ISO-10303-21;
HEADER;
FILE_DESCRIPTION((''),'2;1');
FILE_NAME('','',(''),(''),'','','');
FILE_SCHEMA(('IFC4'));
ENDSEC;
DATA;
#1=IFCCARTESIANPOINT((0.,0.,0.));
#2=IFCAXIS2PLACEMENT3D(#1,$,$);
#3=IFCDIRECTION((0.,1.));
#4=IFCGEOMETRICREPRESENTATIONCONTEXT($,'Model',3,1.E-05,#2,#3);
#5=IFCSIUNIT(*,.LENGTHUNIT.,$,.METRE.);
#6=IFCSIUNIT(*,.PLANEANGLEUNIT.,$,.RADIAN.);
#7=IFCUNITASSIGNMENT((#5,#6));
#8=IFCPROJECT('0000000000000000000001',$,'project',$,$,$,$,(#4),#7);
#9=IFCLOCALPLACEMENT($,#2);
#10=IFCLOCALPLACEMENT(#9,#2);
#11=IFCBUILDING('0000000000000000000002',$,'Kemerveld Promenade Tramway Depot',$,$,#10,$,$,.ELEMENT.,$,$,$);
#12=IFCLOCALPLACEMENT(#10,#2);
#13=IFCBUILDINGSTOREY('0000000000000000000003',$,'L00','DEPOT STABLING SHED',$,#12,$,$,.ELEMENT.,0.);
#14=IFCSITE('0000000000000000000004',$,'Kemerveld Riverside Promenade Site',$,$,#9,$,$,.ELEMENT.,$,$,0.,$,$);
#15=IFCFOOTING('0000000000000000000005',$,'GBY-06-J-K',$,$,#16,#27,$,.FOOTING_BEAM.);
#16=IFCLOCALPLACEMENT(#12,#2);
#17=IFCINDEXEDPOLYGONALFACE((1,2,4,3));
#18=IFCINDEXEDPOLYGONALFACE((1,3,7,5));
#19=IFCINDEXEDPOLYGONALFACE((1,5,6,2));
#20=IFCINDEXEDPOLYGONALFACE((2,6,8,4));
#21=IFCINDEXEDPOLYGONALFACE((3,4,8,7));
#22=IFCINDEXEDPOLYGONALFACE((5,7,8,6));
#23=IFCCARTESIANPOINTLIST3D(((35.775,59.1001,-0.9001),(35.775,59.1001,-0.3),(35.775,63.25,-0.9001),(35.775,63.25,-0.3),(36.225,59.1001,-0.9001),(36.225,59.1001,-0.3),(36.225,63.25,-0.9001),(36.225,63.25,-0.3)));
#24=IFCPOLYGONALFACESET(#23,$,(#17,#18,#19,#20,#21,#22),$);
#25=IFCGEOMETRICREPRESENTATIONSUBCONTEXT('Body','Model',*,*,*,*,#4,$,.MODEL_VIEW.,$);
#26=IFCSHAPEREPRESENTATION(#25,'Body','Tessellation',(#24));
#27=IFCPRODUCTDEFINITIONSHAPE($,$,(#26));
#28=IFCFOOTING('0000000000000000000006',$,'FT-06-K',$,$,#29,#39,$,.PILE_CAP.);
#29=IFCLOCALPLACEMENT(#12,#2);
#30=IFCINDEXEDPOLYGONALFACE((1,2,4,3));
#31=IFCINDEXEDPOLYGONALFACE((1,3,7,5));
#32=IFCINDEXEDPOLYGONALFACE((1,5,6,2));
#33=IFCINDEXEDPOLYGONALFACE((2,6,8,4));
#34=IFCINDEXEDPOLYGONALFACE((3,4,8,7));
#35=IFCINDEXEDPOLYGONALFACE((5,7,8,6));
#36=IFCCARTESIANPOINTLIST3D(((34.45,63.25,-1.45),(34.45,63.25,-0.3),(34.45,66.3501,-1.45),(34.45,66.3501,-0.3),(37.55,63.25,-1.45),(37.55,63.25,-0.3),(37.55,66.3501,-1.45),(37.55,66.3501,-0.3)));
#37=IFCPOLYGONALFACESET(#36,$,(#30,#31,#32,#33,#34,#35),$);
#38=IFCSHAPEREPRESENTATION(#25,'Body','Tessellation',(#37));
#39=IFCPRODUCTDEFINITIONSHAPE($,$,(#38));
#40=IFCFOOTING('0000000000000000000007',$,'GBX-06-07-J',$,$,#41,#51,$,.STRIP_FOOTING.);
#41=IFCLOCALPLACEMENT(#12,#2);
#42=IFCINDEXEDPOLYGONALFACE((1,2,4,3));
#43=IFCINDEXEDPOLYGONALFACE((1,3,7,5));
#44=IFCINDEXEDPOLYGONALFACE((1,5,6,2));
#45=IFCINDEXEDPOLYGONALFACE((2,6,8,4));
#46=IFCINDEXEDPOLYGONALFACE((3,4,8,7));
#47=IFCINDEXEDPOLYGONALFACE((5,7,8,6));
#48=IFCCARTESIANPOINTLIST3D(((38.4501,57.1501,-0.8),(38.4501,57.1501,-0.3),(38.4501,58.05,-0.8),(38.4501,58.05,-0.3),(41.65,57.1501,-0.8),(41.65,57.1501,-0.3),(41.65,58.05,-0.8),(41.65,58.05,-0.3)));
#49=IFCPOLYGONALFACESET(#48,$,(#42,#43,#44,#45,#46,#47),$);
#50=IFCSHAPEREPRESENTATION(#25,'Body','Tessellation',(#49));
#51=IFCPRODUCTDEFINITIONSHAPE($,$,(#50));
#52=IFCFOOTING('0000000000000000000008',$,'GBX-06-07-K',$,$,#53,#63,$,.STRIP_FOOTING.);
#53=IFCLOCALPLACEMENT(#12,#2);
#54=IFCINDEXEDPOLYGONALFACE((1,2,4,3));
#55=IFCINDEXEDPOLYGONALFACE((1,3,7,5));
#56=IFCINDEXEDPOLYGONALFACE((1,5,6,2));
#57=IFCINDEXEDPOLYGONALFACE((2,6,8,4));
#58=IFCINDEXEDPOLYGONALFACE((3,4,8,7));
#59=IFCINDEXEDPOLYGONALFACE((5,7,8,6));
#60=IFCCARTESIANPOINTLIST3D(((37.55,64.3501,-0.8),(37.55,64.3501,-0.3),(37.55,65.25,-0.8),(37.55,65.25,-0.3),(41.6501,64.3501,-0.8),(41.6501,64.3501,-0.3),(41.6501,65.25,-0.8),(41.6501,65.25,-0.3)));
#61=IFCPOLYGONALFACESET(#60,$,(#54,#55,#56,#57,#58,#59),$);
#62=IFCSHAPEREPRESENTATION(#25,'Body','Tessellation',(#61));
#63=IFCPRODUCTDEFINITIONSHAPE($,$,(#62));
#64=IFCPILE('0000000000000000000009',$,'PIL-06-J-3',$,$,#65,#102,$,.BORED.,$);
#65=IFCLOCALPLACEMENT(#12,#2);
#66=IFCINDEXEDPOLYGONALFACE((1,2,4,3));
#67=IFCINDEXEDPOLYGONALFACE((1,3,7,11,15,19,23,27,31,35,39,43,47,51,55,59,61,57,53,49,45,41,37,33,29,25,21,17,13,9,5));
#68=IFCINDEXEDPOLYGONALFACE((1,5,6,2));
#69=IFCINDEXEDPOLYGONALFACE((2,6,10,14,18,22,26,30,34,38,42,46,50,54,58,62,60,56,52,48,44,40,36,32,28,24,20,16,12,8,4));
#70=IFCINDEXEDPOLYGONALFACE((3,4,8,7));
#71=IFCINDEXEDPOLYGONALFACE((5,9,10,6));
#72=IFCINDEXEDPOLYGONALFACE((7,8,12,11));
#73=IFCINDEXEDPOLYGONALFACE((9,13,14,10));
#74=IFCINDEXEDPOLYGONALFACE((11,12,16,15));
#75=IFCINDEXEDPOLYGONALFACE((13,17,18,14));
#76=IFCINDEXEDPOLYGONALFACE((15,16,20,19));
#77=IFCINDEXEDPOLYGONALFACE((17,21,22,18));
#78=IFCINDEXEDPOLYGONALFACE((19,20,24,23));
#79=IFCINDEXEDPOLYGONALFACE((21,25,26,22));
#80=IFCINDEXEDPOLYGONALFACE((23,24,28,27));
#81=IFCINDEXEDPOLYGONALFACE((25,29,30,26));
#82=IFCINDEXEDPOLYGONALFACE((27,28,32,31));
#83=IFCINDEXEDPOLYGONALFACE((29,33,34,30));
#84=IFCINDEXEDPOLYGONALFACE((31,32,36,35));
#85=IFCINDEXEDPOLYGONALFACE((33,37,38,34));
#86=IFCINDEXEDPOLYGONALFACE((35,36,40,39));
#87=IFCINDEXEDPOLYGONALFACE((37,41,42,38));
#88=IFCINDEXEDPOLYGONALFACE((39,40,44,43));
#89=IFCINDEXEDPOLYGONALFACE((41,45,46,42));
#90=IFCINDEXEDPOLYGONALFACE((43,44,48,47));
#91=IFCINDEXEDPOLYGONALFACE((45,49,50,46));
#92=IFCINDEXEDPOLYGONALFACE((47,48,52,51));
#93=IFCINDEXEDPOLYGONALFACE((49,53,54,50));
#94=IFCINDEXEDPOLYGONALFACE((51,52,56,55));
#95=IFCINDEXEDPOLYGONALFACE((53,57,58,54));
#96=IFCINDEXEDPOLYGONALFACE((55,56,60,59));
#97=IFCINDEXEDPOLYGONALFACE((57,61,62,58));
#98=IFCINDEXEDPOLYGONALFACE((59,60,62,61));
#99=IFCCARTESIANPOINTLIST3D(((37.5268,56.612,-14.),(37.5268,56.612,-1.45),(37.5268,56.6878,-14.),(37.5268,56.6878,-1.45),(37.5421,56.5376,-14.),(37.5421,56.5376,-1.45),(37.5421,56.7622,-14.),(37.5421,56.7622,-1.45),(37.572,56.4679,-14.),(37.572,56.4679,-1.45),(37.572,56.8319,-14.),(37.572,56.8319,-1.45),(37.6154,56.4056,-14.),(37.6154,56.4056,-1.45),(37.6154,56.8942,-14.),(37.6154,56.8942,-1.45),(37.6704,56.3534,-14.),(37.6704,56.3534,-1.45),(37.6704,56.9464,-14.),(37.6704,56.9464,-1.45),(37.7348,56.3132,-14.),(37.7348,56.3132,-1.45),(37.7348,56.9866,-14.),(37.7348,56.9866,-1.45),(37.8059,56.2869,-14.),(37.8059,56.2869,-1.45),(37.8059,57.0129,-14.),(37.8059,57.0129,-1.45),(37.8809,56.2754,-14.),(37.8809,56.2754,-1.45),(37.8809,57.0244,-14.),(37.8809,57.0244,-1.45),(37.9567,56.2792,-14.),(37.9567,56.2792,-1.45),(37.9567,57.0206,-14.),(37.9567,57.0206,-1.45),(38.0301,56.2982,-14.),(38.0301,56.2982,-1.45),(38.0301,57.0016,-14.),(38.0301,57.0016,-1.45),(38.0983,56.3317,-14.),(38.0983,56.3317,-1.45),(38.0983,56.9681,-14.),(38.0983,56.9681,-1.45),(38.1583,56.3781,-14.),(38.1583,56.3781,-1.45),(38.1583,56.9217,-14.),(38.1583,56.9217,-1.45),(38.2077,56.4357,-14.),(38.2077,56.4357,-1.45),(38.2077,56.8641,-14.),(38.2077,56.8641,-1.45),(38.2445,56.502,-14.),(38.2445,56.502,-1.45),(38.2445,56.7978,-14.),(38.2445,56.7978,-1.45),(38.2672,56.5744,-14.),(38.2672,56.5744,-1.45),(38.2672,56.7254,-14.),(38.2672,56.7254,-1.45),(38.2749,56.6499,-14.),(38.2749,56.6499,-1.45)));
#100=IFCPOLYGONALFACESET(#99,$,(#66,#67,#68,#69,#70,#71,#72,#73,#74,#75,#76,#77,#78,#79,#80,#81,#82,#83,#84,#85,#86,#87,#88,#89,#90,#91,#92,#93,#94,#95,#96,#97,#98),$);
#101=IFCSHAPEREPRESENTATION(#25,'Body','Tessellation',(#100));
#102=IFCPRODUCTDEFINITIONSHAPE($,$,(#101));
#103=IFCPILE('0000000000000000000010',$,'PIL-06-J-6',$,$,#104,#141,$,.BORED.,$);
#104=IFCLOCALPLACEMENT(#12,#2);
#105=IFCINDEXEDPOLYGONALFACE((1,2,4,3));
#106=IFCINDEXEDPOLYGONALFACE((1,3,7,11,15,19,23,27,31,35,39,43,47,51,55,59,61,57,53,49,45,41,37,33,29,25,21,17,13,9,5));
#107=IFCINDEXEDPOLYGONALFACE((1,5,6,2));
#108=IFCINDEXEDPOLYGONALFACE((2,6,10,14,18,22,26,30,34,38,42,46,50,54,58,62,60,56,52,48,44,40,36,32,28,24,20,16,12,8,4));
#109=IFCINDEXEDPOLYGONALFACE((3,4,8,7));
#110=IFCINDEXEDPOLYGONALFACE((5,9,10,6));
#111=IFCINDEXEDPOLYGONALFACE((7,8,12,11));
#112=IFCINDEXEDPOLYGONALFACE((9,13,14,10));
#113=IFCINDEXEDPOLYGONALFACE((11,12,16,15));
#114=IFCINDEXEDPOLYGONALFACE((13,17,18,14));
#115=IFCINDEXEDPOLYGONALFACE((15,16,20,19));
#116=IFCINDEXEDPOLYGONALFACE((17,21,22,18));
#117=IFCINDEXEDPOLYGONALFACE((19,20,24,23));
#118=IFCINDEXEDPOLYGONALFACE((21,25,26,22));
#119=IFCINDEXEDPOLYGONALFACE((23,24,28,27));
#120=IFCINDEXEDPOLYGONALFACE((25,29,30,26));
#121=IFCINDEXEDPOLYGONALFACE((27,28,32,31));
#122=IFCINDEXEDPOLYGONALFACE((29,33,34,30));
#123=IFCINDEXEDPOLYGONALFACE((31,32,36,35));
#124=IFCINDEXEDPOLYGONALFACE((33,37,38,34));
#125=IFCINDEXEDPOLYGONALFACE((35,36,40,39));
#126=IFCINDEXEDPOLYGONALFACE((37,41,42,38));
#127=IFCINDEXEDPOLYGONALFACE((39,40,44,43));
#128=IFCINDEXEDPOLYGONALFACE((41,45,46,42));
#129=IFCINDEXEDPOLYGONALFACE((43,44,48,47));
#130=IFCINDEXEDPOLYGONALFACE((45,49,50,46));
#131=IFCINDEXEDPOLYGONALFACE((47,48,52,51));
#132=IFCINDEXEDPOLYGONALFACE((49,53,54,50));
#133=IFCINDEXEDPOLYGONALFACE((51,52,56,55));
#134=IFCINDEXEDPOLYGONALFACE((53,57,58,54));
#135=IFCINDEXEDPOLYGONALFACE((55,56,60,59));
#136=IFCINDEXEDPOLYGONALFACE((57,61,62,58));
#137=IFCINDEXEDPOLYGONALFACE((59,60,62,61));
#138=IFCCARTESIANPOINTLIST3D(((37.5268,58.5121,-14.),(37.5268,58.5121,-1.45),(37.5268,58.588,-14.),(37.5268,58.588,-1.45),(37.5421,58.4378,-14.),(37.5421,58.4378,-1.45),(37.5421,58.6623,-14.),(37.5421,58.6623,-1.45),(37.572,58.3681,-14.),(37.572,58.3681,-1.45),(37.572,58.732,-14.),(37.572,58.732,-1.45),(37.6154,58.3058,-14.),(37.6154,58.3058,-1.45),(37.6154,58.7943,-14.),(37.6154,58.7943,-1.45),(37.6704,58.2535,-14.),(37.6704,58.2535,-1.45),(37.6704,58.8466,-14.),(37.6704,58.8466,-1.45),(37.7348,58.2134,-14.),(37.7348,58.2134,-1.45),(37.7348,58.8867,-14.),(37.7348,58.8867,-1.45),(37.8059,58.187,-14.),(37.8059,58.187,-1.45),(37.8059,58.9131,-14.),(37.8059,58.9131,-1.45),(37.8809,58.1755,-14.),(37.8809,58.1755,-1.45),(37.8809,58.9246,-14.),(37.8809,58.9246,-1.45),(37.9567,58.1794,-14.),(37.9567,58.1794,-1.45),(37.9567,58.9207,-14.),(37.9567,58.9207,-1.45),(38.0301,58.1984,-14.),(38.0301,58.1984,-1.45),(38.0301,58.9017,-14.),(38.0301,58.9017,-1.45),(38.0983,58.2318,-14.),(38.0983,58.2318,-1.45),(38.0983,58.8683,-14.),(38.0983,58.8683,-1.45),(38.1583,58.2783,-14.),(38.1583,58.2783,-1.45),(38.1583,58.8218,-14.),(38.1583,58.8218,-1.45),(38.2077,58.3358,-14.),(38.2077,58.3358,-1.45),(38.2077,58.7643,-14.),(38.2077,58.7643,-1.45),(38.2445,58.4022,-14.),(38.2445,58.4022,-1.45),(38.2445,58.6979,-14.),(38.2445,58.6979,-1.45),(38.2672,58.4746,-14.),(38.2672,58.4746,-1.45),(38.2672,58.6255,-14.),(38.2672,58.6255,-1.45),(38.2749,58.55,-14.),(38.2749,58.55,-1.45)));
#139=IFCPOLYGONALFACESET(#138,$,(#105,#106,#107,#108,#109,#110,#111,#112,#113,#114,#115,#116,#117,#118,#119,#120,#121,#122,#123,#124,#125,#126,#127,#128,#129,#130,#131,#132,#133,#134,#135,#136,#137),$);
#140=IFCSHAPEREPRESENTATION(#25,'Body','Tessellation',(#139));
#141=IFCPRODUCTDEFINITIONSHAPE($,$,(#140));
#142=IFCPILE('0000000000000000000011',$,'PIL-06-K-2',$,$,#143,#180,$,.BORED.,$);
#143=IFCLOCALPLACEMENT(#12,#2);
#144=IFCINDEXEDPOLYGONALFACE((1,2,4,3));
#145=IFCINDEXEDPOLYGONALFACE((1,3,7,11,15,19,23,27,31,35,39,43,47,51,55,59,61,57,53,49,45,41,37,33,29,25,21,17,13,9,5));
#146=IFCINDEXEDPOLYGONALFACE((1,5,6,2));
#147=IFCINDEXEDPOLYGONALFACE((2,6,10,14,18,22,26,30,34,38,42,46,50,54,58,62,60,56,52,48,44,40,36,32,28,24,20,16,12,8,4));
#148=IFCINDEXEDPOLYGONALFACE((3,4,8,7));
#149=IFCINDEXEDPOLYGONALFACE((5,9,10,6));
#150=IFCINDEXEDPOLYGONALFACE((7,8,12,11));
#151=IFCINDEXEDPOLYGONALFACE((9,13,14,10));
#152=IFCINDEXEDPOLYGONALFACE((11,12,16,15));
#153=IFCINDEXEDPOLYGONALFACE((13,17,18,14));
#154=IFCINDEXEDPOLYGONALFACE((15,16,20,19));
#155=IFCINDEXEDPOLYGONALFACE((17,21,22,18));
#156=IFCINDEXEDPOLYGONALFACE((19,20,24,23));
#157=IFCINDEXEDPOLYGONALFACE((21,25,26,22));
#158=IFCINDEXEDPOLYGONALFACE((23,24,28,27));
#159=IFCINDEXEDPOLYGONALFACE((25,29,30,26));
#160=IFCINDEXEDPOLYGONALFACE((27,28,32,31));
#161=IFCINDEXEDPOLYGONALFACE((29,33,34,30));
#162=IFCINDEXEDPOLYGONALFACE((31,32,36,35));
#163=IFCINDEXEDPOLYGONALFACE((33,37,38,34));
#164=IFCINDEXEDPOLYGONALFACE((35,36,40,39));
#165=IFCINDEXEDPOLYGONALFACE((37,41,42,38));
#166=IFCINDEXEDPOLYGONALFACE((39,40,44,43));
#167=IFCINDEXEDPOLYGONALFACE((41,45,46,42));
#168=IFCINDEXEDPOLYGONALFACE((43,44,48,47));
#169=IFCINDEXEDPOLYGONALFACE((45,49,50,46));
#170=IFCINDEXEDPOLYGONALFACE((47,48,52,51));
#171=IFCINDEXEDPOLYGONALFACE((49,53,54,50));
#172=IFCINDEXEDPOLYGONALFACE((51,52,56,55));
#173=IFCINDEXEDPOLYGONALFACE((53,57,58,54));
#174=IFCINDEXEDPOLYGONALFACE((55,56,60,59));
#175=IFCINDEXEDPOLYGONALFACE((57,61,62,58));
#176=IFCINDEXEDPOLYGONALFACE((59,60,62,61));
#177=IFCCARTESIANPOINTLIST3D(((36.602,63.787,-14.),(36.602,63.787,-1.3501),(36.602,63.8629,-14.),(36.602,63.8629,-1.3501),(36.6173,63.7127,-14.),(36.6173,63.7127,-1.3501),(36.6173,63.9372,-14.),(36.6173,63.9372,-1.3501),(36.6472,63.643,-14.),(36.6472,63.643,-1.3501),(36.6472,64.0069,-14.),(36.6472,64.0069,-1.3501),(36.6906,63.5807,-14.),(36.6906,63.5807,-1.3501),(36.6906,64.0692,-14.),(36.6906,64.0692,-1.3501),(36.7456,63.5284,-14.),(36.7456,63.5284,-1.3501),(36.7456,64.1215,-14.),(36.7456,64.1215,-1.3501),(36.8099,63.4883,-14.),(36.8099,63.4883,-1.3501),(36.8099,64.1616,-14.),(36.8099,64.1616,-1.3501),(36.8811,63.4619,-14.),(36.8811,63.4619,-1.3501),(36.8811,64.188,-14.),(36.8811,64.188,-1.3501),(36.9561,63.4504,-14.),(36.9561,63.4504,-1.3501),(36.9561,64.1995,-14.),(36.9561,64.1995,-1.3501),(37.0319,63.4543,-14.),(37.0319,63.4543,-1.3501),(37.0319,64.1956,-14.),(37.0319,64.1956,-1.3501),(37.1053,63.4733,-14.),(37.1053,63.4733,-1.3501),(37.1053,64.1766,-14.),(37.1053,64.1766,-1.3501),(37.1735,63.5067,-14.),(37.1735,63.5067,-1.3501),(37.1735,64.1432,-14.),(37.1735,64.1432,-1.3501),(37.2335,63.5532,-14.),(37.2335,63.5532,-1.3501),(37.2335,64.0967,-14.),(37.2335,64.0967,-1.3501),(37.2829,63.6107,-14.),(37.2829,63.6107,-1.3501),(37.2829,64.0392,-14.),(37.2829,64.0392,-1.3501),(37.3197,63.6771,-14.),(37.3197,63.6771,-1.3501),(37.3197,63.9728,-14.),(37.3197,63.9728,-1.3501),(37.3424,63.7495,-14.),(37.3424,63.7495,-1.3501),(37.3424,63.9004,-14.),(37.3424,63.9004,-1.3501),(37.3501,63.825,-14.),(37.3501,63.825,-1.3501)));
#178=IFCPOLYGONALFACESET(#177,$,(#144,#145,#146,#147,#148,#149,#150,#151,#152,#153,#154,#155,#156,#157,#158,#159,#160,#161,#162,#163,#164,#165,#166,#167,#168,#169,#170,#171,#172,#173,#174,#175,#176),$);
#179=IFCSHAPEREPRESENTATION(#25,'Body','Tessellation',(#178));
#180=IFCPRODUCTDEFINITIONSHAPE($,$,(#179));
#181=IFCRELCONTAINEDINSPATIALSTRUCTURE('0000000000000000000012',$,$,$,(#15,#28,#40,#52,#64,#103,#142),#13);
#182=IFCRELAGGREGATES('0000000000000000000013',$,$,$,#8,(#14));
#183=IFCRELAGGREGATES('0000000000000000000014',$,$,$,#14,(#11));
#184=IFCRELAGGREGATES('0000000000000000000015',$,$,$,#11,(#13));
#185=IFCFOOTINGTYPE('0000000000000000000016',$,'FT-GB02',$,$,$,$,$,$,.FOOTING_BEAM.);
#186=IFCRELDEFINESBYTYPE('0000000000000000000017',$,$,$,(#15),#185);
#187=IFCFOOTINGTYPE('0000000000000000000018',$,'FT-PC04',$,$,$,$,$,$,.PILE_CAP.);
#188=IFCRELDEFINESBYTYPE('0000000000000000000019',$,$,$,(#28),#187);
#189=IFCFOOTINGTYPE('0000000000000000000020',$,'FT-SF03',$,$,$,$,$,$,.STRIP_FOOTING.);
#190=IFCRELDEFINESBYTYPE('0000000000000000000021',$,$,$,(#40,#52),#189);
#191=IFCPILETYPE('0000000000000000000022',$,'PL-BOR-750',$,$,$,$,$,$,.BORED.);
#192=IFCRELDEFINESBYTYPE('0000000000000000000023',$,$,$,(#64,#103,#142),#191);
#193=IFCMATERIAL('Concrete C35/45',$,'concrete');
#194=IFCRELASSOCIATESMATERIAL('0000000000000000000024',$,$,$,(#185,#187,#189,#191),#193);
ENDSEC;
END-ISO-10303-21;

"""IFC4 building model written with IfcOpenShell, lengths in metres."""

from ifc_helpers import new_model, si_unit, direction, frame, origin, origin_2d, place, context, subcontext, project, spatial, rectangle, circle, extrude, material, material_profile, profile_set, type_object, element, save


model = new_model("IFC4")

# Units and contexts
model_context = context("Model", 3, precision=1e-05, world=origin(), true_north=direction((0.0, 1.0)))
body_context = subcontext(model_context, "Body", "Model", "MODEL_VIEW")
ifc_project = project(units=[si_unit("LENGTHUNIT", "METRE"), si_unit("PLANEANGLEUNIT", "RADIAN")], contexts=[model_context])

# Site, building, storey
site_placement = place(None, origin())
site = spatial("IfcSite", under=ifc_project, at=site_placement, Name="Kemerveld Riverside Promenade Site", CompositionType="ELEMENT", RefElevation=0.0)
building_placement = place(site_placement, origin())
building = spatial("IfcBuilding", under=site, at=building_placement, Name="Kemerveld Promenade Tramway Depot", CompositionType="ELEMENT")
storey_placement = place(building_placement, origin())
storey = spatial("IfcBuildingStorey", under=building, at=storey_placement, Name="L00", Description="DEPOT STABLING SHED", CompositionType="ELEMENT", Elevation=0.0)

# Footings
ifc_material_1 = material(Name="Concrete C35/45", Category="concrete")
footing_type_1 = type_object("IfcFootingType", Name="FT-GB02", PredefinedType="FOOTING_BEAM", material=ifc_material_1)
footing_1_placement = place(storey_placement, frame((36.0, 61.175, -0.9001), z_axis=(0.0, 0.0, 1.0), x_axis=(0.0, 1.0, 0.0)))
element("IfcFooting", 1, at=footing_1_placement, inside=storey, type_object=footing_type_1, Name="GBY-06-J-K", PredefinedType="FOOTING_BEAM", context=body_context, shape_type="SweptSolid", body=[
    extrude(rectangle(XDim=4.1499, YDim=0.45, at=origin_2d()), origin(), (0.0, 0.0, 1.0), 0.6001),
])
footing_type_2 = type_object("IfcFootingType", Name="FT-PC04", PredefinedType="PILE_CAP", material=ifc_material_1)
footing_2_placement = place(storey_placement, frame((36.0, 64.8, -1.45), z_axis=(0.0, 0.0, 1.0), x_axis=(1.0, 0.0, 0.0)))
element("IfcFooting", 2, at=footing_2_placement, inside=storey, type_object=footing_type_2, Name="FT-06-K", PredefinedType="PILE_CAP", context=body_context, shape_type="SweptSolid", body=[
    extrude(rectangle(XDim=3.1001, YDim=3.1001, at=origin_2d()), origin(), (0.0, 0.0, 1.0), 1.1499),
])
footing_type_3 = type_object("IfcFootingType", Name="FT-SF03", PredefinedType="STRIP_FOOTING", material=ifc_material_1)
footing_3_placement = place(storey_placement, frame((40.05, 57.6001, -0.8), z_axis=(0.0, 0.0, 1.0), x_axis=(1.0, 0.0, 0.0)))
element("IfcFooting", 3, at=footing_3_placement, inside=storey, type_object=footing_type_3, Name="GBX-06-07-J", PredefinedType="STRIP_FOOTING", context=body_context, shape_type="SweptSolid", body=[
    extrude(rectangle(XDim=3.2, YDim=0.8999, at=origin_2d()), origin(), (0.0, 0.0, 1.0), 0.5),
])
footing_4_placement = place(storey_placement, frame((39.6001, 64.8, -0.8), z_axis=(0.0, 0.0, 1.0), x_axis=(1.0, 0.0, 0.0)))
element("IfcFooting", 4, at=footing_4_placement, inside=storey, type_object=footing_type_3, Name="GBX-06-07-K", PredefinedType="STRIP_FOOTING", context=body_context, shape_type="SweptSolid", body=[
    extrude(rectangle(XDim=4.1001, YDim=0.8999, at=origin_2d()), origin(), (0.0, 0.0, 1.0), 0.5),
])

# Piles
ifc_material_profile_1 = material_profile(ifc_material_1, circle(Radius=0.375, at=origin_2d()), Name="PILE-D750")
ifc_profile_set_1 = profile_set([ifc_material_profile_1], Name="Concrete C35/45")
pile_type = type_object("IfcPileType", Name="PL-BOR-750", PredefinedType="BORED", material=ifc_profile_set_1)
for number, where, z_axis, x_axis, name in (
    (5, (37.8999, 56.6499, -1.45), (0.0, 0.0, -1.0), (1.0, 0.0, 0.0), "PIL-06-J-3"),
    (6, (37.8999, 58.55, -1.45), (0.0, 0.0, -1.0), (1.0, 0.0, 0.0), "PIL-06-J-6"),
):
    element("IfcPile", number, at=place(storey_placement, frame(where, z_axis=z_axis, x_axis=x_axis)), inside=storey, type_object=pile_type, Name=name, PredefinedType="BORED", context=body_context, shape_type="SweptSolid", body=[
        extrude(circle(Radius=0.375, at=origin_2d()), origin(), (0.0, 0.0, 1.0), 12.55),
    ])
for number, where, z_axis, x_axis, name in (
    (7, (36.9751, 63.825, -1.3501), (0.0, 0.0, -1.0), (1.0, 0.0, 0.0), "PIL-06-K-2"),
):
    element("IfcPile", number, at=place(storey_placement, frame(where, z_axis=z_axis, x_axis=x_axis)), inside=storey, type_object=pile_type, Name=name, PredefinedType="BORED", context=body_context, shape_type="SweptSolid", body=[
        extrude(circle(Radius=0.375, at=origin_2d()), origin(), (0.0, 0.0, 1.0), 12.6499),
    ])

save(model, "model.ifc")
